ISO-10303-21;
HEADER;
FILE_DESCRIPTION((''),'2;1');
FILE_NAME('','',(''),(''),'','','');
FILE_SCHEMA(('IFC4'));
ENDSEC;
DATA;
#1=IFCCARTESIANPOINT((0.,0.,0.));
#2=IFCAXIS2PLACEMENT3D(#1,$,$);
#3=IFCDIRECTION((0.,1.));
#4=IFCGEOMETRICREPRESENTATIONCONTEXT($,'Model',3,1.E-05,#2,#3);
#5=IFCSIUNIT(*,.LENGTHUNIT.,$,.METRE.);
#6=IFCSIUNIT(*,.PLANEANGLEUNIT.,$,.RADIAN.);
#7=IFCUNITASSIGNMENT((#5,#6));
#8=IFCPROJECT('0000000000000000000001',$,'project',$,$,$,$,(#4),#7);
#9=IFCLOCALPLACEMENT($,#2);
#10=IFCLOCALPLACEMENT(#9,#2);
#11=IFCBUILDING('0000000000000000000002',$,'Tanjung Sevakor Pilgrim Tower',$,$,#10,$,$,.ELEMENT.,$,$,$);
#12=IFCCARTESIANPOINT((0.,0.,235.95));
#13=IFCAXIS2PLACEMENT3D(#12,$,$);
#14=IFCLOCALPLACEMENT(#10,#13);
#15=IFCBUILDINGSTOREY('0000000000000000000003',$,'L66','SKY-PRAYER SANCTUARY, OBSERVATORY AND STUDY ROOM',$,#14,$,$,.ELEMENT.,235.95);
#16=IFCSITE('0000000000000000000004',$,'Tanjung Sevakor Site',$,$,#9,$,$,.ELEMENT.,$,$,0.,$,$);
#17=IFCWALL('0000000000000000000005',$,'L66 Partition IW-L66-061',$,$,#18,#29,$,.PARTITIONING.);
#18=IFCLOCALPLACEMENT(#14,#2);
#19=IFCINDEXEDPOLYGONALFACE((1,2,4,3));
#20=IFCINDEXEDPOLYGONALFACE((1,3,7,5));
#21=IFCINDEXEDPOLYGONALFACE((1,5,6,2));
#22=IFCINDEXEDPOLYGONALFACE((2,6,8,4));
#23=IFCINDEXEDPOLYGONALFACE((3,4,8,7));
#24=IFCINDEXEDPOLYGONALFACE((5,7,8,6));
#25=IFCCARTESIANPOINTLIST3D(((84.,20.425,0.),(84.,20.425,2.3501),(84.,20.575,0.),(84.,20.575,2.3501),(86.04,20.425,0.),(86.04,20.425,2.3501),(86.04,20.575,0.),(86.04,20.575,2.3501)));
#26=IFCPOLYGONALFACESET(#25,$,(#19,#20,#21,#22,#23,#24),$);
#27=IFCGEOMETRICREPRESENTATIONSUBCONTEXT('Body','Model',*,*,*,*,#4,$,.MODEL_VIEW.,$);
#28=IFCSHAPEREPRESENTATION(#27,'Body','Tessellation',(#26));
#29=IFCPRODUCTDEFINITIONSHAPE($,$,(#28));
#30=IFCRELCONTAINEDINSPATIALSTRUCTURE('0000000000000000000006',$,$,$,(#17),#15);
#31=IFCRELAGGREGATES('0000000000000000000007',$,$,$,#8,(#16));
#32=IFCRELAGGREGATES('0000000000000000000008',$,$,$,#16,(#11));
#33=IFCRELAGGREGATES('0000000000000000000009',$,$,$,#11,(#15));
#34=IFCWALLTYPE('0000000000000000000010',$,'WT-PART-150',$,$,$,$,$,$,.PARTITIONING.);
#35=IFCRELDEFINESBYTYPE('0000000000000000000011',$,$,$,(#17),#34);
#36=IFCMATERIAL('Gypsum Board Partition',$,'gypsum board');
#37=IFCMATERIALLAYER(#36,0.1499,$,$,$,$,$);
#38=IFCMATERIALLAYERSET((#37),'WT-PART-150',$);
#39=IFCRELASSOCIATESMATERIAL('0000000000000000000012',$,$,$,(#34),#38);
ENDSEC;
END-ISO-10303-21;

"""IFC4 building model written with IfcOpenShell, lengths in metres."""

from ifc_helpers import new_model, si_unit, direction, frame, frame_2d, origin, place, context, subcontext, project, spatial, rectangle, extrude, material, layer, layer_set, type_object, element, save


model = new_model("IFC4")

# Units and contexts
model_context = context("Model", 3, precision=1e-05, world=origin(), true_north=direction((0.0, 1.0)))
body_context = subcontext(model_context, "Body", "Model", "MODEL_VIEW")
ifc_project = project(units=[si_unit("LENGTHUNIT", "METRE"), si_unit("PLANEANGLEUNIT", "RADIAN")], contexts=[model_context])

# Site, building, storey
site_placement = place(None, origin())
site = spatial("IfcSite", under=ifc_project, at=site_placement, Name="Tanjung Sevakor Site", CompositionType="ELEMENT", RefElevation=0.0)
building_placement = place(site_placement, origin())
building = spatial("IfcBuilding", under=site, at=building_placement, Name="Tanjung Sevakor Pilgrim Tower", CompositionType="ELEMENT")
storey_placement = place(building_placement, frame((0.0, 0.0, 235.95)))
storey = spatial("IfcBuildingStorey", under=building, at=storey_placement, Name="L66", Description="SKY-PRAYER SANCTUARY, OBSERVATORY AND STUDY ROOM", CompositionType="ELEMENT", Elevation=235.95)

# Wall
ifc_material_1 = material(Name="Gypsum Board Partition", Category="gypsum board")
ifc_layer_1 = layer(ifc_material_1, 0.1499)
ifc_layer_set_1 = layer_set([ifc_layer_1], Name="WT-PART-150")
wall_type_1 = type_object("IfcWallType", Name="WT-PART-150", PredefinedType="PARTITIONING", material=ifc_layer_set_1)
wall_1_placement = place(storey_placement, frame((84.0, 20.5, 0.0), z_axis=(0.0, 0.0, 1.0), x_axis=(1.0, 0.0, 0.0)))
element("IfcWall", 1, at=wall_1_placement, inside=storey, type_object=wall_type_1, Name="L66 Partition IW-L66-061", PredefinedType="PARTITIONING", context=body_context, shape_type="SweptSolid", body=[
    extrude(rectangle(XDim=2.04, YDim=0.1499, at=frame_2d((1.02, 0.0))), origin(), (0.0, 0.0, 1.0), 2.3501),
])

save(model, "model.ifc")
